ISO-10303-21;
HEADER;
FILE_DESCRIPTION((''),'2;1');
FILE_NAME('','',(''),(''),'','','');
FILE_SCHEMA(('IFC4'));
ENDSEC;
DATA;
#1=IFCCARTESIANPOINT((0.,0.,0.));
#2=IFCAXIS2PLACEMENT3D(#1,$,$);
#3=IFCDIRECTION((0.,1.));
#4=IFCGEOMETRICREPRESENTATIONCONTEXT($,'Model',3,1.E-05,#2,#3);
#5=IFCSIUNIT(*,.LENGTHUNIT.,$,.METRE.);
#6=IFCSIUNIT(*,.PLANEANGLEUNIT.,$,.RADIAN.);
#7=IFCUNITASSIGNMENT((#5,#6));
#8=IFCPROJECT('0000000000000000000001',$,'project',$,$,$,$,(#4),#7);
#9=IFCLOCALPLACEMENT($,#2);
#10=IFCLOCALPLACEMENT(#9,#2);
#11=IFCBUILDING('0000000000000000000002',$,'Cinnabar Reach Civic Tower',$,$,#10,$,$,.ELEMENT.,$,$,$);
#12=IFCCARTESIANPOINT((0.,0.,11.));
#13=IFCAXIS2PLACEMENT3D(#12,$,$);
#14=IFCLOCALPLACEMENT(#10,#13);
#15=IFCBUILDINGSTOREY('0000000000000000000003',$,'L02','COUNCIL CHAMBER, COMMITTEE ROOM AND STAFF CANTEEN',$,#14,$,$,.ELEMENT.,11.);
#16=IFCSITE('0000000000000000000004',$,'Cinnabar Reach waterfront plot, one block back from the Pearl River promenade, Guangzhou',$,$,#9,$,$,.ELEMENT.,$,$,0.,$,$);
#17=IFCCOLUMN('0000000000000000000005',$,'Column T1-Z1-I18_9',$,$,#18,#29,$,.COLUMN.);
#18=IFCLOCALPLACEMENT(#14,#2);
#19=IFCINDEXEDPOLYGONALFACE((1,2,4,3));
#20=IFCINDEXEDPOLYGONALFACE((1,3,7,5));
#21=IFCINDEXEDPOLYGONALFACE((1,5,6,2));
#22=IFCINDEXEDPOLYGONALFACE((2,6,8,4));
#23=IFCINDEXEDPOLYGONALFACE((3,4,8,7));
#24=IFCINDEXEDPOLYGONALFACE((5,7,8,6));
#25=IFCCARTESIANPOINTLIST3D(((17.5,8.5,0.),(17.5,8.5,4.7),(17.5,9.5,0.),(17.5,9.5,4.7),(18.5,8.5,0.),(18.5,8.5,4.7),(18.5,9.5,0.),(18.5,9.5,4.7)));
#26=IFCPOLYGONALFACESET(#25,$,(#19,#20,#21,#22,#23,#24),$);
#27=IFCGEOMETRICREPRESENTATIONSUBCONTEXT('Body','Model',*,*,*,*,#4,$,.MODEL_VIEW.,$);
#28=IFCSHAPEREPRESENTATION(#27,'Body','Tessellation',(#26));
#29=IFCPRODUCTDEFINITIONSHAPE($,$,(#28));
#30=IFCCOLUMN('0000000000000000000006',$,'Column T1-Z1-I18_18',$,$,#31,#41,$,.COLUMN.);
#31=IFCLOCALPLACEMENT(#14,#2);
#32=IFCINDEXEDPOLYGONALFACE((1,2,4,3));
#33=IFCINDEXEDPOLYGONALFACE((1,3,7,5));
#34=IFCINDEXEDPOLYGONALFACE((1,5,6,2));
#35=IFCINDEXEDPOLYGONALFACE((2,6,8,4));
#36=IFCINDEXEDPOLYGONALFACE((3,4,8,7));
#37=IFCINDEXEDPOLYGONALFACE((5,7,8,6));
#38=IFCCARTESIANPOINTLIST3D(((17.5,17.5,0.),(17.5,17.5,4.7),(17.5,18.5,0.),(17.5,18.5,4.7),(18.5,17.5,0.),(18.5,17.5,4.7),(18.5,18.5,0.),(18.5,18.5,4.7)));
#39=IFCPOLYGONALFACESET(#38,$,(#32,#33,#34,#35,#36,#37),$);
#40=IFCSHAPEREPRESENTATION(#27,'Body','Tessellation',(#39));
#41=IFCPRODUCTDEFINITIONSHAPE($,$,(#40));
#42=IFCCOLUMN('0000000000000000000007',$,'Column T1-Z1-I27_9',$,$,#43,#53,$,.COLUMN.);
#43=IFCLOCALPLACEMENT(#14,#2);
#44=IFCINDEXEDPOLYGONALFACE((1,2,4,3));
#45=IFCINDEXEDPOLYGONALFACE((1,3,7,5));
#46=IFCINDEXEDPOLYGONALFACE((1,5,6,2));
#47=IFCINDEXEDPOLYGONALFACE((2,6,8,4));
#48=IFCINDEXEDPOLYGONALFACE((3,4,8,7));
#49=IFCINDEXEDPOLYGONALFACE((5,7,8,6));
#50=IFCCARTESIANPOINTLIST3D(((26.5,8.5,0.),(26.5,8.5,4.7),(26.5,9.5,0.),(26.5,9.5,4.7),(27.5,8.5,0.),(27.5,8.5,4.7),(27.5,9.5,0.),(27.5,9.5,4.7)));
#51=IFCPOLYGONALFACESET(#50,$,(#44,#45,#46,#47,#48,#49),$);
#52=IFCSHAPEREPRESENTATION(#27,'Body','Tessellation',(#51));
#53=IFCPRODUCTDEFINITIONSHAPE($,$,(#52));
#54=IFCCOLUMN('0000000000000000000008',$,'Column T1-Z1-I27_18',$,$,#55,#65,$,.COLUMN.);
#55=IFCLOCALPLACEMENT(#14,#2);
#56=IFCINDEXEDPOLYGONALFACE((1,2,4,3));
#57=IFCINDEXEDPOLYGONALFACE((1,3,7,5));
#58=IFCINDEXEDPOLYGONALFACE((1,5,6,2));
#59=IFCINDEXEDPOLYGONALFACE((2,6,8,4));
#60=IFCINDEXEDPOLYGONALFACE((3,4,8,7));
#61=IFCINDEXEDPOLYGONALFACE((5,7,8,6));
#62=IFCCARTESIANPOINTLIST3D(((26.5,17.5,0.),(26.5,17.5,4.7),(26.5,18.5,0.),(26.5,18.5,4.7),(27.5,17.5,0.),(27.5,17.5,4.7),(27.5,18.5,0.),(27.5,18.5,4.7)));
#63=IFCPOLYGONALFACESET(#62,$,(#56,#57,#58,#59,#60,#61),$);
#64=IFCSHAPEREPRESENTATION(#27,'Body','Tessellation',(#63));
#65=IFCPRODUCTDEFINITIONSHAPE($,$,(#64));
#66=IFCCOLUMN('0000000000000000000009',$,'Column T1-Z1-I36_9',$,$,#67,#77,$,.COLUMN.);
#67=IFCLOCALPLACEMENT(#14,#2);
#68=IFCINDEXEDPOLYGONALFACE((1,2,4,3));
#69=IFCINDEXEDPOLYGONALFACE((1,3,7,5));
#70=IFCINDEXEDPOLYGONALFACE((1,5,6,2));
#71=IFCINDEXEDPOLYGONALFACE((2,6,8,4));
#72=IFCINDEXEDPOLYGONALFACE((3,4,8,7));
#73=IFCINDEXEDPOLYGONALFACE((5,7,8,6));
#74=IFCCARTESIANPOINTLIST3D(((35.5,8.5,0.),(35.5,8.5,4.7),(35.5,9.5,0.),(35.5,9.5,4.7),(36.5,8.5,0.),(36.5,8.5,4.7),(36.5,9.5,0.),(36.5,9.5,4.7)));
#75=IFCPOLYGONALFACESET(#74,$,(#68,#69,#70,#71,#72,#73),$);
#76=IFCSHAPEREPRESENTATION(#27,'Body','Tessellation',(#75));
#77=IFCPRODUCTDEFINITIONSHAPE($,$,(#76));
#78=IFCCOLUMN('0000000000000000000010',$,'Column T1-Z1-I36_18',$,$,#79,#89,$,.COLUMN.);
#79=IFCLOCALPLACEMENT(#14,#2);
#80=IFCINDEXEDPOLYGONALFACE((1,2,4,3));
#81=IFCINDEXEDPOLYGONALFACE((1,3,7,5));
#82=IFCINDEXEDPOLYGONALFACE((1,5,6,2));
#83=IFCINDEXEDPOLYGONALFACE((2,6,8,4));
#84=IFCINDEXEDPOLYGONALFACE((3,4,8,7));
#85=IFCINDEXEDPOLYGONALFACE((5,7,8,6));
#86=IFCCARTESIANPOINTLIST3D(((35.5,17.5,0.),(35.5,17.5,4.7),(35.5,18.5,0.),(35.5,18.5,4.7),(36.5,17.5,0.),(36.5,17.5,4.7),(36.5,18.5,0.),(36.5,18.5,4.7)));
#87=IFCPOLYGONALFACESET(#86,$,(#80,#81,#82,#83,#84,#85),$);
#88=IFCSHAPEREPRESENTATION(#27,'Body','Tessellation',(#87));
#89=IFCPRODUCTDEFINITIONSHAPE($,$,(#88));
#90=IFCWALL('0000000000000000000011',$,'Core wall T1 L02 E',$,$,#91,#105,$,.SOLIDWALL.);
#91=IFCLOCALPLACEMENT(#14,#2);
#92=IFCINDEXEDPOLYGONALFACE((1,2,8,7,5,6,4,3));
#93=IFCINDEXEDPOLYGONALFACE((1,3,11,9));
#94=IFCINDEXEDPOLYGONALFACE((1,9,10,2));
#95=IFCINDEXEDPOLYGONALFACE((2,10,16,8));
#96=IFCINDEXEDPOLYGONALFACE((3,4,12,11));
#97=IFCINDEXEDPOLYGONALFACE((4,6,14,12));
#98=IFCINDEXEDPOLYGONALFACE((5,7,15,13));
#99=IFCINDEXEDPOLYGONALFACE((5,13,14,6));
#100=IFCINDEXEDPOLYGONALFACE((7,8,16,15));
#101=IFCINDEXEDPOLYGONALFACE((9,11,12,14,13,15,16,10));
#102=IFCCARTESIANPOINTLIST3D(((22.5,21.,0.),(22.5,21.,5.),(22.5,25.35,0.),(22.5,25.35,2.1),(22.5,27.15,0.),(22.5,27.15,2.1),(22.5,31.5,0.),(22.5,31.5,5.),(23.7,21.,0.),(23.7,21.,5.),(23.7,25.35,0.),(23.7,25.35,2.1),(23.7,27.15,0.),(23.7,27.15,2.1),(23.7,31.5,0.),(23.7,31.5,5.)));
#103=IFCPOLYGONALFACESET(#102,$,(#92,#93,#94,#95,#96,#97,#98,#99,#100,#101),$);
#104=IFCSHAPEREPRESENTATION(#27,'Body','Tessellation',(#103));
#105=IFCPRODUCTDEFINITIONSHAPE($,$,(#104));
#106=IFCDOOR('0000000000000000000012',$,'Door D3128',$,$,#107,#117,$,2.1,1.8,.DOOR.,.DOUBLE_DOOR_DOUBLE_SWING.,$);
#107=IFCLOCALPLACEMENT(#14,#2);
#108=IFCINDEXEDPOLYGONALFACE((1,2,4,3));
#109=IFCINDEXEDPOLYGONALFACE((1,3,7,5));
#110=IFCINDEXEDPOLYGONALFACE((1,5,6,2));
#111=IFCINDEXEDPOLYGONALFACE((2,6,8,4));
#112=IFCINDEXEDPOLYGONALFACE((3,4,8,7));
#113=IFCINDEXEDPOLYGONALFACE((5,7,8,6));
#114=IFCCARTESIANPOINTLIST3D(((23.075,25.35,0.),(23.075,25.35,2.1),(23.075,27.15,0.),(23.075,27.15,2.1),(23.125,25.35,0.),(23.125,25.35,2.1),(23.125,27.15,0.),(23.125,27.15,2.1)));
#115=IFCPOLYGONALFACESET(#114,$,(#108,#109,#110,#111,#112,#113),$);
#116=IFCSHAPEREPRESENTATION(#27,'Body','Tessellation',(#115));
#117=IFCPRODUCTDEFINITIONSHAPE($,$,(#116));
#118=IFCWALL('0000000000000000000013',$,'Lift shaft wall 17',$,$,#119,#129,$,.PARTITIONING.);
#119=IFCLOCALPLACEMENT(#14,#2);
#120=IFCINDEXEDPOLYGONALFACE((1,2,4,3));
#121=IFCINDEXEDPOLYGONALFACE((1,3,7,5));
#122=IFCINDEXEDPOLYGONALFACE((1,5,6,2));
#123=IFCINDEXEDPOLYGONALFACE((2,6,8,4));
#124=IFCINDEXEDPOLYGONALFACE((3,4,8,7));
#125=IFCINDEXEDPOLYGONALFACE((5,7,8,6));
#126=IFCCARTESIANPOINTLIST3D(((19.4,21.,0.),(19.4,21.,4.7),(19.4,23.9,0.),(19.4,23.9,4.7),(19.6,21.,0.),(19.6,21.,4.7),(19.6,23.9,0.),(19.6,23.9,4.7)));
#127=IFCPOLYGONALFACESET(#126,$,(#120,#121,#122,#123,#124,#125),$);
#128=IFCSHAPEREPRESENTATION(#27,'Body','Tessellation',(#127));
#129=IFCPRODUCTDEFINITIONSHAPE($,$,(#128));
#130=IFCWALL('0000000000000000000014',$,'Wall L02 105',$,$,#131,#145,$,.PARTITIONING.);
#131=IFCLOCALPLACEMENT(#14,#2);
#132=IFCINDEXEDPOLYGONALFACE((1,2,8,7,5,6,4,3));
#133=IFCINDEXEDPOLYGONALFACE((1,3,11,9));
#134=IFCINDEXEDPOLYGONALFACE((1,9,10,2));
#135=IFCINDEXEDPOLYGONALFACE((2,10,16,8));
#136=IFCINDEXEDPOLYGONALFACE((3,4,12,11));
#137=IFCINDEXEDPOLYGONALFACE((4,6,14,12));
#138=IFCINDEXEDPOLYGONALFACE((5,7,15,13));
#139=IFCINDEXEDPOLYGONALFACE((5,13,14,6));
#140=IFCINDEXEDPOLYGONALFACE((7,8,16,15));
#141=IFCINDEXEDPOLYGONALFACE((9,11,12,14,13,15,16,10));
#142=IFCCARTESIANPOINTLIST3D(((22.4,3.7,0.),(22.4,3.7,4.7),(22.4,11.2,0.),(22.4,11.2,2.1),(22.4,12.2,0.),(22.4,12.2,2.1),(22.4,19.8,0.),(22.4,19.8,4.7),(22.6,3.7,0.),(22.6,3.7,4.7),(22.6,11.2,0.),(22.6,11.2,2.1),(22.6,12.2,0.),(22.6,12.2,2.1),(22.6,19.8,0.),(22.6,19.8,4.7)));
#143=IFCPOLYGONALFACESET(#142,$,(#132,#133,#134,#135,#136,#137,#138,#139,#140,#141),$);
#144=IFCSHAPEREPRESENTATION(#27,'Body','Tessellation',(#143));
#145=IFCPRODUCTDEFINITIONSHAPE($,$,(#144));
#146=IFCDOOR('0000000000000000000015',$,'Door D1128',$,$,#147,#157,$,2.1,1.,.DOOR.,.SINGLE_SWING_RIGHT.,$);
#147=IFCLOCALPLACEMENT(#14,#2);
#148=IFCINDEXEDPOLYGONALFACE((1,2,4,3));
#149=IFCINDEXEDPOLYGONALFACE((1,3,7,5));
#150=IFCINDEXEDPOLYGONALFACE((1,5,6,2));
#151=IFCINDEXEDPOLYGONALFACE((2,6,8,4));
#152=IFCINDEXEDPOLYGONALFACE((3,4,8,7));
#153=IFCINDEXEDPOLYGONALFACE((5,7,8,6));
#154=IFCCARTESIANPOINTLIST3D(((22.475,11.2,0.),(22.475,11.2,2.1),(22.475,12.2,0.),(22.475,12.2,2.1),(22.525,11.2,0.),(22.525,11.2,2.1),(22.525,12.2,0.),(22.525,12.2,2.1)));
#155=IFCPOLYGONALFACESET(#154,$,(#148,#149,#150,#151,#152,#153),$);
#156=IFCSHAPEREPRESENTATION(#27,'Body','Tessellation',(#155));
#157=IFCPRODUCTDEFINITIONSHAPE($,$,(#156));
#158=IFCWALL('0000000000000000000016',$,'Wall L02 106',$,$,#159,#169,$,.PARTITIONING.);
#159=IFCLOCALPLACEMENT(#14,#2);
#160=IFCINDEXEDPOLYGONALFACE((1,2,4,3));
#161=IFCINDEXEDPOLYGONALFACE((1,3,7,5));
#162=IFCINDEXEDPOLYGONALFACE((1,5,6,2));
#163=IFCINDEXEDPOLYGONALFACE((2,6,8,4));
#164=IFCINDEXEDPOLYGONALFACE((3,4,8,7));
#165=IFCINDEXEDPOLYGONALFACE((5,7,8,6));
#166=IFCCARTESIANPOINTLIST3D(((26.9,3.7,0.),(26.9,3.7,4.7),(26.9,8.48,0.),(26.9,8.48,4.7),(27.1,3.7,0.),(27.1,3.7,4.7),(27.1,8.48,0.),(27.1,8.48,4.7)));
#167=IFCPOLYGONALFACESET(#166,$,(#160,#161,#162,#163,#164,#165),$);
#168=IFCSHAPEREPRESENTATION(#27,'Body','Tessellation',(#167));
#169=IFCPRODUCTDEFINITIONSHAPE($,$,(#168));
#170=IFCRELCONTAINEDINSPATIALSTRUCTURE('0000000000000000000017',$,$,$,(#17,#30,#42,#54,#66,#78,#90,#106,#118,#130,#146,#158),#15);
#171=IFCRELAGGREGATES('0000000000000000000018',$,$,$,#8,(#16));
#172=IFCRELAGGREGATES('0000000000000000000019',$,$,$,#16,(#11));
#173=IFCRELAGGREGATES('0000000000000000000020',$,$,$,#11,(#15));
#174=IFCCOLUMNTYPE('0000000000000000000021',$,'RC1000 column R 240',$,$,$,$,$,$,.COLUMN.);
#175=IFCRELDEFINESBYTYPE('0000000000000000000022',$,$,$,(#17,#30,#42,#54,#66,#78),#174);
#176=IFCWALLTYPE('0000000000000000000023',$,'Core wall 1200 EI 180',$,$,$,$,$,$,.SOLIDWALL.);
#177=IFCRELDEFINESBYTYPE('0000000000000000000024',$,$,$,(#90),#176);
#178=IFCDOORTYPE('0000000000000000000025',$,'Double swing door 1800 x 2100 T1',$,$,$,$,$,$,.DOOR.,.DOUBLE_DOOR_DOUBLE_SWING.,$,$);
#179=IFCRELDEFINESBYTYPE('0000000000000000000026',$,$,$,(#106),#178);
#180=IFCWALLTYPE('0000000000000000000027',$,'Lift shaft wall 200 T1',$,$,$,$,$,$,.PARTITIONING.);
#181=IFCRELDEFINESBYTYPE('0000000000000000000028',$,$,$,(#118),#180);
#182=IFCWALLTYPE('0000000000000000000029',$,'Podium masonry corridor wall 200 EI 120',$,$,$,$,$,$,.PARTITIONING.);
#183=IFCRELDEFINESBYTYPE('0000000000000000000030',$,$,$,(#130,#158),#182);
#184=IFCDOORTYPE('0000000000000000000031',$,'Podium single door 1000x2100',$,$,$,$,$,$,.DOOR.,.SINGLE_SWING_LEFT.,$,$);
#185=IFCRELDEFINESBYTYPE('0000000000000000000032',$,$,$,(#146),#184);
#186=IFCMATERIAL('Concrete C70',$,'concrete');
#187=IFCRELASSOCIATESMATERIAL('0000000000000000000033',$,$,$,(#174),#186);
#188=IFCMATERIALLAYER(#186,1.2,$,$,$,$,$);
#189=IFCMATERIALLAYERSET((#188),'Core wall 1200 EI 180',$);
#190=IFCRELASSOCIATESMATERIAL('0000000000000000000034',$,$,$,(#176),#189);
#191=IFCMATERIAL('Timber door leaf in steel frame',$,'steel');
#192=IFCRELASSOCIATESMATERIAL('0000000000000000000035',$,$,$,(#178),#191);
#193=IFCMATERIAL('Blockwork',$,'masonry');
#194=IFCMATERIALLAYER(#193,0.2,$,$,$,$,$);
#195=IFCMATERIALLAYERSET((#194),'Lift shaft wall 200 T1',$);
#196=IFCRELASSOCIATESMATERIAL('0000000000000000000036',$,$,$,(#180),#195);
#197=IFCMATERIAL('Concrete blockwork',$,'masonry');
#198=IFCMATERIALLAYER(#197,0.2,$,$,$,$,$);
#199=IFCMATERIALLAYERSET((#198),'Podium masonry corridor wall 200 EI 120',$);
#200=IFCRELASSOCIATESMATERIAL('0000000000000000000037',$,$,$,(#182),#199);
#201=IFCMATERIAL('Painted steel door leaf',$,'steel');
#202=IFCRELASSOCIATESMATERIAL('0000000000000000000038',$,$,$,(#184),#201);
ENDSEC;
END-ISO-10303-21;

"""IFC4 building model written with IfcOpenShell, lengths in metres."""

from ifc_helpers import new_model, si_unit, direction, frame, frame_2d, origin, origin_2d, place, context, subcontext, project, spatial, rectangle, extrude, material, layer, layer_set, material_profile, profile_set, type_object, element, fill, save


model = new_model("IFC4")

# Units and contexts
model_context = context("Model", 3, precision=1e-05, world=origin(), true_north=direction((0.0, 1.0)))
body_context = subcontext(model_context, "Body", "Model", "MODEL_VIEW")
ifc_project = project(units=[si_unit("LENGTHUNIT", "METRE"), si_unit("PLANEANGLEUNIT", "RADIAN")], contexts=[model_context])

# Site, building, storey
site_placement = place(None, origin())
site = spatial("IfcSite", under=ifc_project, at=site_placement, Name="Cinnabar Reach waterfront plot, one block back from the Pearl River promenade, Guangzhou", CompositionType="ELEMENT", RefElevation=0.0)
building_placement = place(site_placement, origin())
building = spatial("IfcBuilding", under=site, at=building_placement, Name="Cinnabar Reach Civic Tower", CompositionType="ELEMENT")
storey_placement = place(building_placement, frame((0.0, 0.0, 11.0)))
storey = spatial("IfcBuildingStorey", under=building, at=storey_placement, Name="L02", Description="COUNCIL CHAMBER, COMMITTEE ROOM AND STAFF CANTEEN", CompositionType="ELEMENT", Elevation=11.0)

# Columns
ifc_material_1 = material(Name="Concrete C70", Category="concrete")
ifc_material_profile = material_profile(ifc_material_1, rectangle(XDim=1.0, YDim=1.0, at=origin_2d()), Name="RC1000")
ifc_profile_set = profile_set([ifc_material_profile], Name="Concrete C70")
column_type = type_object("IfcColumnType", Name="RC1000 column R 240", PredefinedType="COLUMN", material=ifc_profile_set)
for number, where, z_axis, x_axis, name in (
    (1, (18.0, 9.0, 0.0), (0.0, 0.0, 1.0), (1.0, 0.0, 0.0), "Column T1-Z1-I18_9"),
    (2, (18.0, 18.0, 0.0), (0.0, 0.0, 1.0), (1.0, 0.0, 0.0), "Column T1-Z1-I18_18"),
    (3, (27.0, 9.0, 0.0), (0.0, 0.0, 1.0), (1.0, 0.0, 0.0), "Column T1-Z1-I27_9"),
    (4, (27.0, 18.0, 0.0), (0.0, 0.0, 1.0), (1.0, 0.0, 0.0), "Column T1-Z1-I27_18"),
    (5, (36.0, 9.0, 0.0), (0.0, 0.0, 1.0), (1.0, 0.0, 0.0), "Column T1-Z1-I36_9"),
    (6, (36.0, 18.0, 0.0), (0.0, 0.0, 1.0), (1.0, 0.0, 0.0), "Column T1-Z1-I36_18"),
):
    element("IfcColumn", number, at=place(storey_placement, frame(where, z_axis=z_axis, x_axis=x_axis)), inside=storey, type_object=column_type, Name=name, PredefinedType="COLUMN", context=body_context, shape_type="SweptSolid", body=[
        extrude(rectangle(XDim=1.0, YDim=1.0, at=origin_2d()), origin(), (0.0, 0.0, 1.0), 4.7),
    ])

# Wall, opening, door
ifc_layer_1 = layer(ifc_material_1, 1.2)
ifc_layer_set_1 = layer_set([ifc_layer_1], Name="Core wall 1200 EI 180")
wall_type_1 = type_object("IfcWallType", Name="Core wall 1200 EI 180", PredefinedType="SOLIDWALL", material=ifc_layer_set_1)
wall_1_placement = place(storey_placement, frame((23.1, 21.0, 0.0), z_axis=(0.0, 0.0, 1.0), x_axis=(0.0, 1.0, 0.0)))
wall_1 = element("IfcWall", 7, at=wall_1_placement, inside=storey, type_object=wall_type_1, Name="Core wall T1 L02 E", PredefinedType="SOLIDWALL", context=body_context, shape_type="SweptSolid", body=[
    extrude(rectangle(XDim=10.5, YDim=1.2, at=frame_2d((5.25, 0.0))), origin(), (0.0, 0.0, 1.0), 5.0),
])
opening_1_placement = place(wall_1_placement, frame((4.35, 0.0, 0.0)))
opening_1 = element("IfcOpeningElement", 8, at=opening_1_placement, cuts=wall_1, PredefinedType="OPENING", context=body_context, shape_type="SweptSolid", body=[
    extrude(rectangle(XDim=1.8, YDim=2.1, at=frame_2d((0.9, 1.05))), frame((0.0, 0.61, 0.0), z_axis=(0.0, -1.0, 0.0), x_axis=(1.0, 0.0, 0.0)), (0.0, 0.0, 1.0), 1.22),
])
ifc_material_2 = material(Name="Timber door leaf in steel frame", Category="steel")
door_type_1 = type_object("IfcDoorType", Name="Double swing door 1800 x 2100 T1", OperationType="DOUBLE_DOOR_DOUBLE_SWING", PredefinedType="DOOR", material=ifc_material_2)
door_1_placement = place(opening_1_placement, origin())
door_1 = element("IfcDoor", 9, at=door_1_placement, inside=storey, type_object=door_type_1, Name="Door D3128", OperationType="DOUBLE_DOOR_DOUBLE_SWING", OverallHeight=2.1, OverallWidth=1.8, PredefinedType="DOOR", context=body_context, shape_type="SweptSolid", body=[
    extrude(rectangle(XDim=1.8, YDim=2.1, at=frame_2d((0.9, 1.05))), frame((0.0, 0.025, 0.0), z_axis=(0.0, -1.0, 0.0), x_axis=(1.0, 0.0, 0.0)), (0.0, 0.0, 1.0), 0.05),
])
fill(opening_1, door_1)

# Wall
ifc_material_3 = material(Name="Blockwork", Category="masonry")
ifc_layer_2 = layer(ifc_material_3, 0.2)
ifc_layer_set_2 = layer_set([ifc_layer_2], Name="Lift shaft wall 200 T1")
wall_type_2 = type_object("IfcWallType", Name="Lift shaft wall 200 T1", PredefinedType="PARTITIONING", material=ifc_layer_set_2)
wall_2_placement = place(storey_placement, frame((19.5, 21.0, 0.0), z_axis=(0.0, 0.0, 1.0), x_axis=(0.0, 1.0, 0.0)))
element("IfcWall", 10, at=wall_2_placement, inside=storey, type_object=wall_type_2, Name="Lift shaft wall 17", PredefinedType="PARTITIONING", context=body_context, shape_type="SweptSolid", body=[
    extrude(rectangle(XDim=2.9, YDim=0.2, at=frame_2d((1.45, 0.0))), origin(), (0.0, 0.0, 1.0), 4.7),
])

# Wall, opening, door
ifc_material_4 = material(Name="Concrete blockwork", Category="masonry")
ifc_layer_3 = layer(ifc_material_4, 0.2)
ifc_layer_set_3 = layer_set([ifc_layer_3], Name="Podium masonry corridor wall 200 EI 120")
wall_type_3 = type_object("IfcWallType", Name="Podium masonry corridor wall 200 EI 120", PredefinedType="PARTITIONING", material=ifc_layer_set_3)
wall_3_placement = place(storey_placement, frame((22.5, 3.7, 0.0), z_axis=(0.0, 0.0, 1.0), x_axis=(0.0, 1.0, 0.0)))
wall_3 = element("IfcWall", 11, at=wall_3_placement, inside=storey, type_object=wall_type_3, Name="Wall L02 105", PredefinedType="PARTITIONING", context=body_context, shape_type="SweptSolid", body=[
    extrude(rectangle(XDim=16.1, YDim=0.2, at=frame_2d((8.05, 0.0))), origin(), (0.0, 0.0, 1.0), 4.7),
])
opening_2_placement = place(wall_3_placement, frame((7.5, 0.0, 0.0)))
opening_2 = element("IfcOpeningElement", 12, at=opening_2_placement, cuts=wall_3, PredefinedType="OPENING", context=body_context, shape_type="SweptSolid", body=[
    extrude(rectangle(XDim=1.0, YDim=2.1, at=frame_2d((0.5, 1.05))), frame((0.0, 0.11, 0.0), z_axis=(0.0, -1.0, 0.0), x_axis=(1.0, 0.0, 0.0)), (0.0, 0.0, 1.0), 0.22),
])
ifc_material_5 = material(Name="Painted steel door leaf", Category="steel")
door_type_2 = type_object("IfcDoorType", Name="Podium single door 1000x2100", OperationType="SINGLE_SWING_LEFT", PredefinedType="DOOR", material=ifc_material_5)
door_2_placement = place(opening_2_placement, origin())
door_2 = element("IfcDoor", 13, at=door_2_placement, inside=storey, type_object=door_type_2, Name="Door D1128", OperationType="SINGLE_SWING_RIGHT", OverallHeight=2.1, OverallWidth=1.0, PredefinedType="DOOR", context=body_context, shape_type="SweptSolid", body=[
    extrude(rectangle(XDim=1.0, YDim=2.1, at=frame_2d((0.5, 1.05))), frame((0.0, 0.025, 0.0), z_axis=(0.0, -1.0, 0.0), x_axis=(1.0, 0.0, 0.0)), (0.0, 0.0, 1.0), 0.05),
])
fill(opening_2, door_2)

# Wall
wall_4_placement = place(storey_placement, frame((27.0, 3.7, 0.0), z_axis=(0.0, 0.0, 1.0), x_axis=(0.0, 1.0, 0.0)))
element("IfcWall", 14, at=wall_4_placement, inside=storey, type_object=wall_type_3, Name="Wall L02 106", PredefinedType="PARTITIONING", context=body_context, shape_type="SweptSolid", body=[
    extrude(rectangle(XDim=4.78, YDim=0.2, at=frame_2d((2.39, 0.0))), origin(), (0.0, 0.0, 1.0), 4.7),
])

save(model, "model.ifc")
